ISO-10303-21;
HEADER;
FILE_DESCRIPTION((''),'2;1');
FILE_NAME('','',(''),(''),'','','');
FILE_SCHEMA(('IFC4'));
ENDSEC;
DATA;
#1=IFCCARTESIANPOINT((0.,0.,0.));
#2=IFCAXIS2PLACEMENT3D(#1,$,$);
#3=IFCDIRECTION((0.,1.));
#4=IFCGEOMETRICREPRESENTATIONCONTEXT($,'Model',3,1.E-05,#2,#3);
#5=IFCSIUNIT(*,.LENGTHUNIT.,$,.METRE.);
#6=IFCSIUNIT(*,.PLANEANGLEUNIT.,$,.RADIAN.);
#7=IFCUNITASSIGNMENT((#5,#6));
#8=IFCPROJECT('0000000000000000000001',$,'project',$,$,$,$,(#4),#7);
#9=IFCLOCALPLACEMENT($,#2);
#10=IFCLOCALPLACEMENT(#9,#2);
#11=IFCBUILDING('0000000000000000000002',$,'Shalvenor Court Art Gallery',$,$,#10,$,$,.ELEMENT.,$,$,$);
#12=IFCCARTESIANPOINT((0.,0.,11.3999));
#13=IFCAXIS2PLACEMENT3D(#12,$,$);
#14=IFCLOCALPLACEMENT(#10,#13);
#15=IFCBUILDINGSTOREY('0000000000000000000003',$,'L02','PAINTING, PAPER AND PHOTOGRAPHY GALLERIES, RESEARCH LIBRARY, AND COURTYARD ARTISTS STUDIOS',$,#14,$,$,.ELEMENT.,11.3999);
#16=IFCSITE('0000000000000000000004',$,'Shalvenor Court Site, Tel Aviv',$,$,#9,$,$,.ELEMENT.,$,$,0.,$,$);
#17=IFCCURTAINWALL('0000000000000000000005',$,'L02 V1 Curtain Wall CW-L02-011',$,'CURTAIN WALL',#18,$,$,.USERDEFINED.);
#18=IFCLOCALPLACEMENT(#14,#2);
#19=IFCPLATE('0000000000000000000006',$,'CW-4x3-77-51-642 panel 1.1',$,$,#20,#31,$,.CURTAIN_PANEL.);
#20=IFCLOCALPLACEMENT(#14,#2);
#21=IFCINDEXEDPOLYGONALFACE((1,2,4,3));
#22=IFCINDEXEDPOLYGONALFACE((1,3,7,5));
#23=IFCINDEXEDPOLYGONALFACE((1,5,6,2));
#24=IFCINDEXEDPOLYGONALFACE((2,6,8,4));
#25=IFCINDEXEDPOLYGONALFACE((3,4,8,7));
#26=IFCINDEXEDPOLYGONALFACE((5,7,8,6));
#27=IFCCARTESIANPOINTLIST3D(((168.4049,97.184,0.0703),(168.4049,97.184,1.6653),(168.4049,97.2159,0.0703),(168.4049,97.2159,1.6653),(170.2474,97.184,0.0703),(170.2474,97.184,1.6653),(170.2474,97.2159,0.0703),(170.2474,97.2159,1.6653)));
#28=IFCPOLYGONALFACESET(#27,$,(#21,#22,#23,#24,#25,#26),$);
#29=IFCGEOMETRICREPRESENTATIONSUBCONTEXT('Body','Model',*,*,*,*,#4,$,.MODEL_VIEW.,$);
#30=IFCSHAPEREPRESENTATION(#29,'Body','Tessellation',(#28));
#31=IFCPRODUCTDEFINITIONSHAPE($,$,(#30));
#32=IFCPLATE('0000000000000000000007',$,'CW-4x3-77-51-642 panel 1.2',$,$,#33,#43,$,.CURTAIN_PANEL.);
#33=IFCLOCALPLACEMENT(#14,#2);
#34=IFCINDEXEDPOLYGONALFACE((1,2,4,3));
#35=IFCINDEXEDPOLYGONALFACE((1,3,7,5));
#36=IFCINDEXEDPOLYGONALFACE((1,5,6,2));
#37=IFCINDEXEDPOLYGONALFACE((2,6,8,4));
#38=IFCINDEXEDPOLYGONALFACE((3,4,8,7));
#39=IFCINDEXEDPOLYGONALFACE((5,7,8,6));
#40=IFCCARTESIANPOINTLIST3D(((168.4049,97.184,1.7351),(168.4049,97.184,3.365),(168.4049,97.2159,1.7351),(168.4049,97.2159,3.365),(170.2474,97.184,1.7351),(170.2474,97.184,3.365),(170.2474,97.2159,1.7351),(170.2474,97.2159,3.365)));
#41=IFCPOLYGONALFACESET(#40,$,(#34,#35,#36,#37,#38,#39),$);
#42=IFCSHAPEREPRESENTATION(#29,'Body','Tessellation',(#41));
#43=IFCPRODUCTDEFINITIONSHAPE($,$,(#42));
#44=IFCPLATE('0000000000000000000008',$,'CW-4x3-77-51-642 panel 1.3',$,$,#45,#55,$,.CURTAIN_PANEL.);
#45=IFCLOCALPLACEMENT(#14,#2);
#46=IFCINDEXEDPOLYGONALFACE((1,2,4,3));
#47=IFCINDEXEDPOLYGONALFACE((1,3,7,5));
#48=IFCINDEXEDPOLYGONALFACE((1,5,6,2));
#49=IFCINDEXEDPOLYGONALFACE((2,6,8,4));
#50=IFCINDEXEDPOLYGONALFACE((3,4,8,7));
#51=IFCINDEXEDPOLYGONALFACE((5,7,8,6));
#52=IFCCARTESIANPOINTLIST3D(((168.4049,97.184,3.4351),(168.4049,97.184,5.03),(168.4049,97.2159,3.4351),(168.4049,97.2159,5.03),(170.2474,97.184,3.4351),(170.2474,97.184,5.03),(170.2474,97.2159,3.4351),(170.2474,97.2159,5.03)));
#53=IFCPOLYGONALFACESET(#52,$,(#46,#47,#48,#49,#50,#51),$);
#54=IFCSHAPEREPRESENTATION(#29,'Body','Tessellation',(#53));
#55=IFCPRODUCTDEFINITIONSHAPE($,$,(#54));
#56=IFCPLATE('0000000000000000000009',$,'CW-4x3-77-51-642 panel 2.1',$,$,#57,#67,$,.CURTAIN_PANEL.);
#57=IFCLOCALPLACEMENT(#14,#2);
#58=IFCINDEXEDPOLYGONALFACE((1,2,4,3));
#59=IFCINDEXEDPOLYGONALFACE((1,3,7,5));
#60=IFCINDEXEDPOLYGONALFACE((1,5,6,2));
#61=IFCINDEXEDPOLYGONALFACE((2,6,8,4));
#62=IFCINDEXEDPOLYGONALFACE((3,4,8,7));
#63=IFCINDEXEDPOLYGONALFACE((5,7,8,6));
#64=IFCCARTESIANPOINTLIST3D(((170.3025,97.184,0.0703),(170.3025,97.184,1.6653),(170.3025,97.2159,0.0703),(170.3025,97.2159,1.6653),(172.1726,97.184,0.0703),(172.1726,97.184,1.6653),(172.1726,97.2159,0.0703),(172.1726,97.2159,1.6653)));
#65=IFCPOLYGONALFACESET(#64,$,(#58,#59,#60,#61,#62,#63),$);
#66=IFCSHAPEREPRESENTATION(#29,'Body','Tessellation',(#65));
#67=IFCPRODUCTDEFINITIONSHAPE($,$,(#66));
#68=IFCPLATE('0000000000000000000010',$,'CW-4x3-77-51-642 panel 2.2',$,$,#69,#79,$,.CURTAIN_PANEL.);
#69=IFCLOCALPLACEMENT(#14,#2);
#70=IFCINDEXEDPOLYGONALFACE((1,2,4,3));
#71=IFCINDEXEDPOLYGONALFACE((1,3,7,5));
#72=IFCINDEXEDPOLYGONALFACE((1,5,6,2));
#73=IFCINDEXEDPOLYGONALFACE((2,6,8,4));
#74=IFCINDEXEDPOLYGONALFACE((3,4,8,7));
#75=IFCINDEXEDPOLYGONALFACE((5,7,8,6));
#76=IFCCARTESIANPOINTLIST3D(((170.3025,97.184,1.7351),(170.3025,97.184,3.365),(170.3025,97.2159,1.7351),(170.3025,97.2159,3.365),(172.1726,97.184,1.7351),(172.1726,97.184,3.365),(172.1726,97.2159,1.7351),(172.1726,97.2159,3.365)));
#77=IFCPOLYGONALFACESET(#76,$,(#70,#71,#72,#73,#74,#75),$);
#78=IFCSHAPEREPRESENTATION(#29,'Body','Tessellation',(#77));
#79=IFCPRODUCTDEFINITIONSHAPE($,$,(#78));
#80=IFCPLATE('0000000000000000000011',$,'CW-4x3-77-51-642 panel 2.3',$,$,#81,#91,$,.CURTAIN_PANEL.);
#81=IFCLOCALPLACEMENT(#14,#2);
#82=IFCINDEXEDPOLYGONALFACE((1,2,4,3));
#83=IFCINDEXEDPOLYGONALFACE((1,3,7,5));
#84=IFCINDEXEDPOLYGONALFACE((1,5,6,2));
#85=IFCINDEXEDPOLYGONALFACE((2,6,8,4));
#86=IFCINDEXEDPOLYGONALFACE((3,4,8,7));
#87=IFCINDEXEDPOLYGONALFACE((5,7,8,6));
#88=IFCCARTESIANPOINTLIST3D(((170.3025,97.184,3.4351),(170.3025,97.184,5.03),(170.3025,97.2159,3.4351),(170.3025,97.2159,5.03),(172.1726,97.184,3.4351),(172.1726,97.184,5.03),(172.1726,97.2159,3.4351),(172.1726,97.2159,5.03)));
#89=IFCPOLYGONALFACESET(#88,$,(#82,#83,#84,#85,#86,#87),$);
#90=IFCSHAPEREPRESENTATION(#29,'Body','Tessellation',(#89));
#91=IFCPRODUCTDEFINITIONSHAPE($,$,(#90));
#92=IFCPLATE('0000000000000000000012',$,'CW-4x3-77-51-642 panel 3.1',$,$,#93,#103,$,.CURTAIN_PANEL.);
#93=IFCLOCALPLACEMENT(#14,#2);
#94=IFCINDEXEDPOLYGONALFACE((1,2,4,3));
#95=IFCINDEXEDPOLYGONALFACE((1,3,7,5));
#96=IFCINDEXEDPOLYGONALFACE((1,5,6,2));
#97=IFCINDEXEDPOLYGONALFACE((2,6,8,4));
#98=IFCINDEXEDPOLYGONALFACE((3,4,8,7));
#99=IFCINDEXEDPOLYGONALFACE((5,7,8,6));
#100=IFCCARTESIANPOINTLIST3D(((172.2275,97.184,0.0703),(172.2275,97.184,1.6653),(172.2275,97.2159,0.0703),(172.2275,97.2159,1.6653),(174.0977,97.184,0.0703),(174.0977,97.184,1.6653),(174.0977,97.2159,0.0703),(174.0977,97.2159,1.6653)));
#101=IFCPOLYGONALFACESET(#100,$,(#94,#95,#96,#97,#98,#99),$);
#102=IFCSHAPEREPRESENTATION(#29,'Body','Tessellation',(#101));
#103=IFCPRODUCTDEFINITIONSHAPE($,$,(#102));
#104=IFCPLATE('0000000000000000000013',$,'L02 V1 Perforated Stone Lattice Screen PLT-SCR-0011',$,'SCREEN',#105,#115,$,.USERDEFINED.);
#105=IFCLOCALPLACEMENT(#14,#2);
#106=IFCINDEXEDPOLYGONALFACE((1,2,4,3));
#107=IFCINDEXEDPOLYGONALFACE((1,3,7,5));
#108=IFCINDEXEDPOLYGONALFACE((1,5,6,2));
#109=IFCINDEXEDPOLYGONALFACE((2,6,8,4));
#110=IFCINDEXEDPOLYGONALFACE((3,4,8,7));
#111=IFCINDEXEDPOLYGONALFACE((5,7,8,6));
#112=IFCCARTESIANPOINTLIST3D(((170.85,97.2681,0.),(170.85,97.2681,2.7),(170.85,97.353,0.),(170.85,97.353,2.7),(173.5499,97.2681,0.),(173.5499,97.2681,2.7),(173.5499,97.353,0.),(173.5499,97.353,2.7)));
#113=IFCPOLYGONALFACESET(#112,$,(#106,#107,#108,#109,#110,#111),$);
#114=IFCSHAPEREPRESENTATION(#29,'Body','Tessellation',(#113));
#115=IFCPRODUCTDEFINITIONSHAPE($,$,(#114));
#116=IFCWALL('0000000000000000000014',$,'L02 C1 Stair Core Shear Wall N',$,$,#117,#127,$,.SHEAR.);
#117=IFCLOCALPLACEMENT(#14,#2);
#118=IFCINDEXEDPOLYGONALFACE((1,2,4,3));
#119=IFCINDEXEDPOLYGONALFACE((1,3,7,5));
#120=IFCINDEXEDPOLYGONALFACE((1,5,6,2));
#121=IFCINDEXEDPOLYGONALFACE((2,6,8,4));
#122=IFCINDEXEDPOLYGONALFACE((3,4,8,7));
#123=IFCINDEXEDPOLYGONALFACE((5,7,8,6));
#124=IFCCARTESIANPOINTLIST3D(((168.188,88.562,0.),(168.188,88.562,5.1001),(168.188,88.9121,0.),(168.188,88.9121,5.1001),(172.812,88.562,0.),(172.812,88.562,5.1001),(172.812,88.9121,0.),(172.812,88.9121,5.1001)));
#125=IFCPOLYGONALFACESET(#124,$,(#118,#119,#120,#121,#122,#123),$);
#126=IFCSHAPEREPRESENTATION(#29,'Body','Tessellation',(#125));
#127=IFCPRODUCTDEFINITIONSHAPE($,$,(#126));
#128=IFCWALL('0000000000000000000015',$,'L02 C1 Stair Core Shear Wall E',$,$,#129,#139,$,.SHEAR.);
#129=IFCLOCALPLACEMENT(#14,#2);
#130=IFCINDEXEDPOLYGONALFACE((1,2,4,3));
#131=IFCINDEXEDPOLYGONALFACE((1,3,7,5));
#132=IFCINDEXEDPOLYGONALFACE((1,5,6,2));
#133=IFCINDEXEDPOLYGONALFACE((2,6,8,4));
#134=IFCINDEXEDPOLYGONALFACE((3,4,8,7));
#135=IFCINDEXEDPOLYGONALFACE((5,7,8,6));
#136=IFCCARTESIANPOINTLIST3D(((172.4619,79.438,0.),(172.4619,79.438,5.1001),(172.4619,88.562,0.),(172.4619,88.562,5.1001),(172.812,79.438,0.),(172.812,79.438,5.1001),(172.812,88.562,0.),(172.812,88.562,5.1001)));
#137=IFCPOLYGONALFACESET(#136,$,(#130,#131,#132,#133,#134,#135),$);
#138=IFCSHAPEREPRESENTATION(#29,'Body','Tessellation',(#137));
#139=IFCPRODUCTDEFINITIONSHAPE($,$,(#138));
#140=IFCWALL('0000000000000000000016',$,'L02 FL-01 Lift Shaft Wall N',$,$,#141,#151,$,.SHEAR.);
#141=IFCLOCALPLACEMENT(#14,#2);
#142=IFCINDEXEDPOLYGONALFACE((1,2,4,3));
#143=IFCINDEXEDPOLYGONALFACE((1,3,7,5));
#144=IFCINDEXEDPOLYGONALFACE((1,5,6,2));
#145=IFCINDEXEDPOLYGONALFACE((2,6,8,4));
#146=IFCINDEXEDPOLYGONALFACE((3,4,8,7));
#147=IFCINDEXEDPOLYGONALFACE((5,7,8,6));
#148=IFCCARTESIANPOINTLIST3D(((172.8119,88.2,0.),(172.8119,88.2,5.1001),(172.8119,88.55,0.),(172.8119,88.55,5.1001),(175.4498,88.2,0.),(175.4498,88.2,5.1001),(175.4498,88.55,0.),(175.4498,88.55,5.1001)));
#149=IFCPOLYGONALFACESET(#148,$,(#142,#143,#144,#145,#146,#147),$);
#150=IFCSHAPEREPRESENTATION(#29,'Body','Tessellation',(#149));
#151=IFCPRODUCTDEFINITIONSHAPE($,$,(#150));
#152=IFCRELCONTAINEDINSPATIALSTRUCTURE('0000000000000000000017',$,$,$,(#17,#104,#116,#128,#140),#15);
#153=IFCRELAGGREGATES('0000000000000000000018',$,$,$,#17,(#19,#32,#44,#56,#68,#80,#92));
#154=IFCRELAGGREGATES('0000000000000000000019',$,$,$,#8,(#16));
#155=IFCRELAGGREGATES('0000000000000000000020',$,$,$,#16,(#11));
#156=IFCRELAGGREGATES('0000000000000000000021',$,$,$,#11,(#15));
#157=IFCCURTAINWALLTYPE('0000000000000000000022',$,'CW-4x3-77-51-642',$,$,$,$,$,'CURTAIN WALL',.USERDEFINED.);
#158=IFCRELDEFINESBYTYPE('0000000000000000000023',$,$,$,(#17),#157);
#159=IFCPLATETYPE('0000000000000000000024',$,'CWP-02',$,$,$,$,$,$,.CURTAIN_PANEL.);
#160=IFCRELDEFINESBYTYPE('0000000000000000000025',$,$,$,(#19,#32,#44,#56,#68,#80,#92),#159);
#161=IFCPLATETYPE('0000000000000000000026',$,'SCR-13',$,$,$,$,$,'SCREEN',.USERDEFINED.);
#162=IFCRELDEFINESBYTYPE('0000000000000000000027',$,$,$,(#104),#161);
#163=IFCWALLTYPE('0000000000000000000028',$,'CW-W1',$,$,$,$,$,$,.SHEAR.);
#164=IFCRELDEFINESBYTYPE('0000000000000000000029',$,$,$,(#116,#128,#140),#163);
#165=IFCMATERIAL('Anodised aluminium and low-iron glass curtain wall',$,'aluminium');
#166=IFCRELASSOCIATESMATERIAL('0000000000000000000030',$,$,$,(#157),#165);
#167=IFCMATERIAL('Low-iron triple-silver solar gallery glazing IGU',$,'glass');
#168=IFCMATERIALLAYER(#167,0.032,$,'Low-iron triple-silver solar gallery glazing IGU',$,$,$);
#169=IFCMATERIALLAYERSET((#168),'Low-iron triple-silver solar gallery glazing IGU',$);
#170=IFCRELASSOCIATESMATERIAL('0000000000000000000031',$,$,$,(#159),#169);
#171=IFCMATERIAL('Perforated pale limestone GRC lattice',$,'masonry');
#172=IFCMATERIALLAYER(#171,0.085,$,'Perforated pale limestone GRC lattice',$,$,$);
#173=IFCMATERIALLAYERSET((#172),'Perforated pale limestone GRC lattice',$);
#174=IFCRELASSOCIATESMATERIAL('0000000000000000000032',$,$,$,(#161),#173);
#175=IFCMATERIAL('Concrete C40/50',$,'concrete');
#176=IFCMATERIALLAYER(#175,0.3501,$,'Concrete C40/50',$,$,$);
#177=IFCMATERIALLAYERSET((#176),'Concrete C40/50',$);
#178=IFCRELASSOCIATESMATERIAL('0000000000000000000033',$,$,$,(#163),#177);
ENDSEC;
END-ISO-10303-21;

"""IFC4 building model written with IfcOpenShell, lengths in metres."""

from ifc_helpers import new_model, si_unit, direction, frame, frame_2d, origin, origin_2d, place, context, subcontext, project, spatial, rectangle, extrude, material, layer, layer_set, type_object, element, aggregate, save


model = new_model("IFC4")

# Units and contexts
model_context = context("Model", 3, precision=1e-05, world=origin(), true_north=direction((0.0, 1.0)))
body_context = subcontext(model_context, "Body", "Model", "MODEL_VIEW")
ifc_project = project(units=[si_unit("LENGTHUNIT", "METRE"), si_unit("PLANEANGLEUNIT", "RADIAN")], contexts=[model_context])

# Site, building, storey
site_placement = place(None, origin())
site = spatial("IfcSite", under=ifc_project, at=site_placement, Name="Shalvenor Court Site, Tel Aviv", CompositionType="ELEMENT", RefElevation=0.0)
building_placement = place(site_placement, origin())
building = spatial("IfcBuilding", under=site, at=building_placement, Name="Shalvenor Court Art Gallery", CompositionType="ELEMENT")
storey_placement = place(building_placement, frame((0.0, 0.0, 11.3999)))
storey = spatial("IfcBuildingStorey", under=building, at=storey_placement, Name="L02", Description="PAINTING, PAPER AND PHOTOGRAPHY GALLERIES, RESEARCH LIBRARY, AND COURTYARD ARTISTS STUDIOS", CompositionType="ELEMENT", Elevation=11.3999)

# Curtain wall
ifc_material_1 = material(Name="Anodised aluminium and low-iron glass curtain wall", Category="aluminium")
curtain_wall_type = type_object("IfcCurtainWallType", Name="CW-4x3-77-51-642", ElementType="CURTAIN WALL", PredefinedType="USERDEFINED", material=ifc_material_1)
curtain_wall_placement = place(storey_placement, origin())
curtain_wall = element("IfcCurtainWall", 1, at=curtain_wall_placement, inside=storey, type_object=curtain_wall_type, Name="L02 V1 Curtain Wall CW-L02-011", ObjectType="CURTAIN WALL", PredefinedType="USERDEFINED")

# Plates
ifc_material_2 = material(Name="Low-iron triple-silver solar gallery glazing IGU", Category="glass")
ifc_layer_1 = layer(ifc_material_2, 0.032, Name="Low-iron triple-silver solar gallery glazing IGU")
ifc_layer_set_1 = layer_set([ifc_layer_1], Name="Low-iron triple-silver solar gallery glazing IGU")
plate_type_1 = type_object("IfcPlateType", Name="CWP-02", PredefinedType="CURTAIN_PANEL", material=ifc_layer_set_1)
plate_1_placement = place(storey_placement, frame((169.3262, 97.2, 0.0703), z_axis=(0.0, 0.0, 1.0), x_axis=(1.0, 0.0, 0.0)))
plate_1 = element("IfcPlate", 2, at=plate_1_placement, type_object=plate_type_1, Name="CW-4x3-77-51-642 panel 1.1", PredefinedType="CURTAIN_PANEL", context=body_context, shape_type="SweptSolid", body=[
    extrude(rectangle(XDim=1.8425, YDim=0.032, at=origin_2d()), origin(), (0.0, 0.0, 1.0), 1.595),
])
plate_2_placement = place(storey_placement, frame((169.3262, 97.2, 1.7351), z_axis=(0.0, 0.0, 1.0), x_axis=(1.0, 0.0, 0.0)))
plate_2 = element("IfcPlate", 3, at=plate_2_placement, type_object=plate_type_1, Name="CW-4x3-77-51-642 panel 1.2", PredefinedType="CURTAIN_PANEL", context=body_context, shape_type="SweptSolid", body=[
    extrude(rectangle(XDim=1.8425, YDim=0.032, at=origin_2d()), origin(), (0.0, 0.0, 1.0), 1.6299),
])
plate_3_placement = place(storey_placement, frame((169.3262, 97.2, 3.4351), z_axis=(0.0, 0.0, 1.0), x_axis=(1.0, 0.0, 0.0)))
plate_3 = element("IfcPlate", 4, at=plate_3_placement, type_object=plate_type_1, Name="CW-4x3-77-51-642 panel 1.3", PredefinedType="CURTAIN_PANEL", context=body_context, shape_type="SweptSolid", body=[
    extrude(rectangle(XDim=1.8425, YDim=0.032, at=origin_2d()), origin(), (0.0, 0.0, 1.0), 1.595),
])
plate_4_placement = place(storey_placement, frame((171.2375, 97.2, 0.0703), z_axis=(0.0, 0.0, 1.0), x_axis=(1.0, 0.0, 0.0)))
plate_4 = element("IfcPlate", 5, at=plate_4_placement, type_object=plate_type_1, Name="CW-4x3-77-51-642 panel 2.1", PredefinedType="CURTAIN_PANEL", context=body_context, shape_type="SweptSolid", body=[
    extrude(rectangle(XDim=1.8701, YDim=0.032, at=origin_2d()), origin(), (0.0, 0.0, 1.0), 1.595),
])
plate_5_placement = place(storey_placement, frame((171.2375, 97.2, 1.7351), z_axis=(0.0, 0.0, 1.0), x_axis=(1.0, 0.0, 0.0)))
plate_5 = element("IfcPlate", 6, at=plate_5_placement, type_object=plate_type_1, Name="CW-4x3-77-51-642 panel 2.2", PredefinedType="CURTAIN_PANEL", context=body_context, shape_type="SweptSolid", body=[
    extrude(rectangle(XDim=1.8701, YDim=0.032, at=origin_2d()), origin(), (0.0, 0.0, 1.0), 1.6299),
])
plate_6_placement = place(storey_placement, frame((171.2375, 97.2, 3.4351), z_axis=(0.0, 0.0, 1.0), x_axis=(1.0, 0.0, 0.0)))
plate_6 = element("IfcPlate", 7, at=plate_6_placement, type_object=plate_type_1, Name="CW-4x3-77-51-642 panel 2.3", PredefinedType="CURTAIN_PANEL", context=body_context, shape_type="SweptSolid", body=[
    extrude(rectangle(XDim=1.8701, YDim=0.032, at=origin_2d()), origin(), (0.0, 0.0, 1.0), 1.595),
])
plate_7_placement = place(storey_placement, frame((173.1626, 97.2, 0.0703), z_axis=(0.0, 0.0, 1.0), x_axis=(1.0, 0.0, 0.0)))
plate_7 = element("IfcPlate", 8, at=plate_7_placement, type_object=plate_type_1, Name="CW-4x3-77-51-642 panel 3.1", PredefinedType="CURTAIN_PANEL", context=body_context, shape_type="SweptSolid", body=[
    extrude(rectangle(XDim=1.8701, YDim=0.032, at=origin_2d()), origin(), (0.0, 0.0, 1.0), 1.595),
])
aggregate(curtain_wall, [plate_1, plate_2, plate_3, plate_4, plate_5, plate_6, plate_7])
ifc_material_3 = material(Name="Perforated pale limestone GRC lattice", Category="masonry")
ifc_layer_2 = layer(ifc_material_3, 0.085, Name="Perforated pale limestone GRC lattice")
ifc_layer_set_2 = layer_set([ifc_layer_2], Name="Perforated pale limestone GRC lattice")
plate_type_2 = type_object("IfcPlateType", Name="SCR-13", ElementType="SCREEN", PredefinedType="USERDEFINED", material=ifc_layer_set_2)
plate_8_placement = place(storey_placement, frame((172.2, 97.3105, 0.0), z_axis=(0.0, 0.0, 1.0), x_axis=(1.0, 0.0, 0.0)))
element("IfcPlate", 9, at=plate_8_placement, inside=storey, type_object=plate_type_2, Name="L02 V1 Perforated Stone Lattice Screen PLT-SCR-0011", ObjectType="SCREEN", PredefinedType="USERDEFINED", context=body_context, shape_type="SweptSolid", body=[
    extrude(rectangle(XDim=2.7, YDim=0.085, at=origin_2d()), origin(), (0.0, 0.0, 1.0), 2.7),
])

# Walls
ifc_material_4 = material(Name="Concrete C40/50", Category="concrete")
ifc_layer_3 = layer(ifc_material_4, 0.3501, Name="Concrete C40/50")
ifc_layer_set_3 = layer_set([ifc_layer_3], Name="Concrete C40/50")
wall_type_1 = type_object("IfcWallType", Name="CW-W1", PredefinedType="SHEAR", material=ifc_layer_set_3)
wall_1_placement = place(storey_placement, frame((168.188, 88.7371, 0.0), z_axis=(0.0, 0.0, 1.0), x_axis=(1.0, 0.0, 0.0)))
element("IfcWall", 10, at=wall_1_placement, inside=storey, type_object=wall_type_1, Name="L02 C1 Stair Core Shear Wall N", PredefinedType="SHEAR", context=body_context, shape_type="SweptSolid", body=[
    extrude(rectangle(XDim=4.624, YDim=0.3501, at=frame_2d((2.312, 0.0))), origin(), (0.0, 0.0, 1.0), 5.1001),
])
wall_2_placement = place(storey_placement, frame((172.637, 88.562, 0.0), z_axis=(0.0, 0.0, 1.0), x_axis=(0.0, -1.0, 0.0)))
element("IfcWall", 11, at=wall_2_placement, inside=storey, type_object=wall_type_1, Name="L02 C1 Stair Core Shear Wall E", PredefinedType="SHEAR", context=body_context, shape_type="SweptSolid", body=[
    extrude(rectangle(XDim=9.124, YDim=0.3501, at=frame_2d((4.562, 0.0))), origin(), (0.0, 0.0, 1.0), 5.1001),
])
wall_3_placement = place(storey_placement, frame((172.812, 88.375, 0.0), z_axis=(0.0, 0.0, 1.0), x_axis=(1.0, 0.0, 0.0)))
element("IfcWall", 12, at=wall_3_placement, inside=storey, type_object=wall_type_1, Name="L02 FL-01 Lift Shaft Wall N", PredefinedType="SHEAR", context=body_context, shape_type="SweptSolid", body=[
    extrude(rectangle(XDim=2.6379, YDim=0.3501, at=frame_2d((1.3188, 0.0))), origin(), (0.0, 0.0, 1.0), 5.1001),
])

save(model, "model.ifc")
